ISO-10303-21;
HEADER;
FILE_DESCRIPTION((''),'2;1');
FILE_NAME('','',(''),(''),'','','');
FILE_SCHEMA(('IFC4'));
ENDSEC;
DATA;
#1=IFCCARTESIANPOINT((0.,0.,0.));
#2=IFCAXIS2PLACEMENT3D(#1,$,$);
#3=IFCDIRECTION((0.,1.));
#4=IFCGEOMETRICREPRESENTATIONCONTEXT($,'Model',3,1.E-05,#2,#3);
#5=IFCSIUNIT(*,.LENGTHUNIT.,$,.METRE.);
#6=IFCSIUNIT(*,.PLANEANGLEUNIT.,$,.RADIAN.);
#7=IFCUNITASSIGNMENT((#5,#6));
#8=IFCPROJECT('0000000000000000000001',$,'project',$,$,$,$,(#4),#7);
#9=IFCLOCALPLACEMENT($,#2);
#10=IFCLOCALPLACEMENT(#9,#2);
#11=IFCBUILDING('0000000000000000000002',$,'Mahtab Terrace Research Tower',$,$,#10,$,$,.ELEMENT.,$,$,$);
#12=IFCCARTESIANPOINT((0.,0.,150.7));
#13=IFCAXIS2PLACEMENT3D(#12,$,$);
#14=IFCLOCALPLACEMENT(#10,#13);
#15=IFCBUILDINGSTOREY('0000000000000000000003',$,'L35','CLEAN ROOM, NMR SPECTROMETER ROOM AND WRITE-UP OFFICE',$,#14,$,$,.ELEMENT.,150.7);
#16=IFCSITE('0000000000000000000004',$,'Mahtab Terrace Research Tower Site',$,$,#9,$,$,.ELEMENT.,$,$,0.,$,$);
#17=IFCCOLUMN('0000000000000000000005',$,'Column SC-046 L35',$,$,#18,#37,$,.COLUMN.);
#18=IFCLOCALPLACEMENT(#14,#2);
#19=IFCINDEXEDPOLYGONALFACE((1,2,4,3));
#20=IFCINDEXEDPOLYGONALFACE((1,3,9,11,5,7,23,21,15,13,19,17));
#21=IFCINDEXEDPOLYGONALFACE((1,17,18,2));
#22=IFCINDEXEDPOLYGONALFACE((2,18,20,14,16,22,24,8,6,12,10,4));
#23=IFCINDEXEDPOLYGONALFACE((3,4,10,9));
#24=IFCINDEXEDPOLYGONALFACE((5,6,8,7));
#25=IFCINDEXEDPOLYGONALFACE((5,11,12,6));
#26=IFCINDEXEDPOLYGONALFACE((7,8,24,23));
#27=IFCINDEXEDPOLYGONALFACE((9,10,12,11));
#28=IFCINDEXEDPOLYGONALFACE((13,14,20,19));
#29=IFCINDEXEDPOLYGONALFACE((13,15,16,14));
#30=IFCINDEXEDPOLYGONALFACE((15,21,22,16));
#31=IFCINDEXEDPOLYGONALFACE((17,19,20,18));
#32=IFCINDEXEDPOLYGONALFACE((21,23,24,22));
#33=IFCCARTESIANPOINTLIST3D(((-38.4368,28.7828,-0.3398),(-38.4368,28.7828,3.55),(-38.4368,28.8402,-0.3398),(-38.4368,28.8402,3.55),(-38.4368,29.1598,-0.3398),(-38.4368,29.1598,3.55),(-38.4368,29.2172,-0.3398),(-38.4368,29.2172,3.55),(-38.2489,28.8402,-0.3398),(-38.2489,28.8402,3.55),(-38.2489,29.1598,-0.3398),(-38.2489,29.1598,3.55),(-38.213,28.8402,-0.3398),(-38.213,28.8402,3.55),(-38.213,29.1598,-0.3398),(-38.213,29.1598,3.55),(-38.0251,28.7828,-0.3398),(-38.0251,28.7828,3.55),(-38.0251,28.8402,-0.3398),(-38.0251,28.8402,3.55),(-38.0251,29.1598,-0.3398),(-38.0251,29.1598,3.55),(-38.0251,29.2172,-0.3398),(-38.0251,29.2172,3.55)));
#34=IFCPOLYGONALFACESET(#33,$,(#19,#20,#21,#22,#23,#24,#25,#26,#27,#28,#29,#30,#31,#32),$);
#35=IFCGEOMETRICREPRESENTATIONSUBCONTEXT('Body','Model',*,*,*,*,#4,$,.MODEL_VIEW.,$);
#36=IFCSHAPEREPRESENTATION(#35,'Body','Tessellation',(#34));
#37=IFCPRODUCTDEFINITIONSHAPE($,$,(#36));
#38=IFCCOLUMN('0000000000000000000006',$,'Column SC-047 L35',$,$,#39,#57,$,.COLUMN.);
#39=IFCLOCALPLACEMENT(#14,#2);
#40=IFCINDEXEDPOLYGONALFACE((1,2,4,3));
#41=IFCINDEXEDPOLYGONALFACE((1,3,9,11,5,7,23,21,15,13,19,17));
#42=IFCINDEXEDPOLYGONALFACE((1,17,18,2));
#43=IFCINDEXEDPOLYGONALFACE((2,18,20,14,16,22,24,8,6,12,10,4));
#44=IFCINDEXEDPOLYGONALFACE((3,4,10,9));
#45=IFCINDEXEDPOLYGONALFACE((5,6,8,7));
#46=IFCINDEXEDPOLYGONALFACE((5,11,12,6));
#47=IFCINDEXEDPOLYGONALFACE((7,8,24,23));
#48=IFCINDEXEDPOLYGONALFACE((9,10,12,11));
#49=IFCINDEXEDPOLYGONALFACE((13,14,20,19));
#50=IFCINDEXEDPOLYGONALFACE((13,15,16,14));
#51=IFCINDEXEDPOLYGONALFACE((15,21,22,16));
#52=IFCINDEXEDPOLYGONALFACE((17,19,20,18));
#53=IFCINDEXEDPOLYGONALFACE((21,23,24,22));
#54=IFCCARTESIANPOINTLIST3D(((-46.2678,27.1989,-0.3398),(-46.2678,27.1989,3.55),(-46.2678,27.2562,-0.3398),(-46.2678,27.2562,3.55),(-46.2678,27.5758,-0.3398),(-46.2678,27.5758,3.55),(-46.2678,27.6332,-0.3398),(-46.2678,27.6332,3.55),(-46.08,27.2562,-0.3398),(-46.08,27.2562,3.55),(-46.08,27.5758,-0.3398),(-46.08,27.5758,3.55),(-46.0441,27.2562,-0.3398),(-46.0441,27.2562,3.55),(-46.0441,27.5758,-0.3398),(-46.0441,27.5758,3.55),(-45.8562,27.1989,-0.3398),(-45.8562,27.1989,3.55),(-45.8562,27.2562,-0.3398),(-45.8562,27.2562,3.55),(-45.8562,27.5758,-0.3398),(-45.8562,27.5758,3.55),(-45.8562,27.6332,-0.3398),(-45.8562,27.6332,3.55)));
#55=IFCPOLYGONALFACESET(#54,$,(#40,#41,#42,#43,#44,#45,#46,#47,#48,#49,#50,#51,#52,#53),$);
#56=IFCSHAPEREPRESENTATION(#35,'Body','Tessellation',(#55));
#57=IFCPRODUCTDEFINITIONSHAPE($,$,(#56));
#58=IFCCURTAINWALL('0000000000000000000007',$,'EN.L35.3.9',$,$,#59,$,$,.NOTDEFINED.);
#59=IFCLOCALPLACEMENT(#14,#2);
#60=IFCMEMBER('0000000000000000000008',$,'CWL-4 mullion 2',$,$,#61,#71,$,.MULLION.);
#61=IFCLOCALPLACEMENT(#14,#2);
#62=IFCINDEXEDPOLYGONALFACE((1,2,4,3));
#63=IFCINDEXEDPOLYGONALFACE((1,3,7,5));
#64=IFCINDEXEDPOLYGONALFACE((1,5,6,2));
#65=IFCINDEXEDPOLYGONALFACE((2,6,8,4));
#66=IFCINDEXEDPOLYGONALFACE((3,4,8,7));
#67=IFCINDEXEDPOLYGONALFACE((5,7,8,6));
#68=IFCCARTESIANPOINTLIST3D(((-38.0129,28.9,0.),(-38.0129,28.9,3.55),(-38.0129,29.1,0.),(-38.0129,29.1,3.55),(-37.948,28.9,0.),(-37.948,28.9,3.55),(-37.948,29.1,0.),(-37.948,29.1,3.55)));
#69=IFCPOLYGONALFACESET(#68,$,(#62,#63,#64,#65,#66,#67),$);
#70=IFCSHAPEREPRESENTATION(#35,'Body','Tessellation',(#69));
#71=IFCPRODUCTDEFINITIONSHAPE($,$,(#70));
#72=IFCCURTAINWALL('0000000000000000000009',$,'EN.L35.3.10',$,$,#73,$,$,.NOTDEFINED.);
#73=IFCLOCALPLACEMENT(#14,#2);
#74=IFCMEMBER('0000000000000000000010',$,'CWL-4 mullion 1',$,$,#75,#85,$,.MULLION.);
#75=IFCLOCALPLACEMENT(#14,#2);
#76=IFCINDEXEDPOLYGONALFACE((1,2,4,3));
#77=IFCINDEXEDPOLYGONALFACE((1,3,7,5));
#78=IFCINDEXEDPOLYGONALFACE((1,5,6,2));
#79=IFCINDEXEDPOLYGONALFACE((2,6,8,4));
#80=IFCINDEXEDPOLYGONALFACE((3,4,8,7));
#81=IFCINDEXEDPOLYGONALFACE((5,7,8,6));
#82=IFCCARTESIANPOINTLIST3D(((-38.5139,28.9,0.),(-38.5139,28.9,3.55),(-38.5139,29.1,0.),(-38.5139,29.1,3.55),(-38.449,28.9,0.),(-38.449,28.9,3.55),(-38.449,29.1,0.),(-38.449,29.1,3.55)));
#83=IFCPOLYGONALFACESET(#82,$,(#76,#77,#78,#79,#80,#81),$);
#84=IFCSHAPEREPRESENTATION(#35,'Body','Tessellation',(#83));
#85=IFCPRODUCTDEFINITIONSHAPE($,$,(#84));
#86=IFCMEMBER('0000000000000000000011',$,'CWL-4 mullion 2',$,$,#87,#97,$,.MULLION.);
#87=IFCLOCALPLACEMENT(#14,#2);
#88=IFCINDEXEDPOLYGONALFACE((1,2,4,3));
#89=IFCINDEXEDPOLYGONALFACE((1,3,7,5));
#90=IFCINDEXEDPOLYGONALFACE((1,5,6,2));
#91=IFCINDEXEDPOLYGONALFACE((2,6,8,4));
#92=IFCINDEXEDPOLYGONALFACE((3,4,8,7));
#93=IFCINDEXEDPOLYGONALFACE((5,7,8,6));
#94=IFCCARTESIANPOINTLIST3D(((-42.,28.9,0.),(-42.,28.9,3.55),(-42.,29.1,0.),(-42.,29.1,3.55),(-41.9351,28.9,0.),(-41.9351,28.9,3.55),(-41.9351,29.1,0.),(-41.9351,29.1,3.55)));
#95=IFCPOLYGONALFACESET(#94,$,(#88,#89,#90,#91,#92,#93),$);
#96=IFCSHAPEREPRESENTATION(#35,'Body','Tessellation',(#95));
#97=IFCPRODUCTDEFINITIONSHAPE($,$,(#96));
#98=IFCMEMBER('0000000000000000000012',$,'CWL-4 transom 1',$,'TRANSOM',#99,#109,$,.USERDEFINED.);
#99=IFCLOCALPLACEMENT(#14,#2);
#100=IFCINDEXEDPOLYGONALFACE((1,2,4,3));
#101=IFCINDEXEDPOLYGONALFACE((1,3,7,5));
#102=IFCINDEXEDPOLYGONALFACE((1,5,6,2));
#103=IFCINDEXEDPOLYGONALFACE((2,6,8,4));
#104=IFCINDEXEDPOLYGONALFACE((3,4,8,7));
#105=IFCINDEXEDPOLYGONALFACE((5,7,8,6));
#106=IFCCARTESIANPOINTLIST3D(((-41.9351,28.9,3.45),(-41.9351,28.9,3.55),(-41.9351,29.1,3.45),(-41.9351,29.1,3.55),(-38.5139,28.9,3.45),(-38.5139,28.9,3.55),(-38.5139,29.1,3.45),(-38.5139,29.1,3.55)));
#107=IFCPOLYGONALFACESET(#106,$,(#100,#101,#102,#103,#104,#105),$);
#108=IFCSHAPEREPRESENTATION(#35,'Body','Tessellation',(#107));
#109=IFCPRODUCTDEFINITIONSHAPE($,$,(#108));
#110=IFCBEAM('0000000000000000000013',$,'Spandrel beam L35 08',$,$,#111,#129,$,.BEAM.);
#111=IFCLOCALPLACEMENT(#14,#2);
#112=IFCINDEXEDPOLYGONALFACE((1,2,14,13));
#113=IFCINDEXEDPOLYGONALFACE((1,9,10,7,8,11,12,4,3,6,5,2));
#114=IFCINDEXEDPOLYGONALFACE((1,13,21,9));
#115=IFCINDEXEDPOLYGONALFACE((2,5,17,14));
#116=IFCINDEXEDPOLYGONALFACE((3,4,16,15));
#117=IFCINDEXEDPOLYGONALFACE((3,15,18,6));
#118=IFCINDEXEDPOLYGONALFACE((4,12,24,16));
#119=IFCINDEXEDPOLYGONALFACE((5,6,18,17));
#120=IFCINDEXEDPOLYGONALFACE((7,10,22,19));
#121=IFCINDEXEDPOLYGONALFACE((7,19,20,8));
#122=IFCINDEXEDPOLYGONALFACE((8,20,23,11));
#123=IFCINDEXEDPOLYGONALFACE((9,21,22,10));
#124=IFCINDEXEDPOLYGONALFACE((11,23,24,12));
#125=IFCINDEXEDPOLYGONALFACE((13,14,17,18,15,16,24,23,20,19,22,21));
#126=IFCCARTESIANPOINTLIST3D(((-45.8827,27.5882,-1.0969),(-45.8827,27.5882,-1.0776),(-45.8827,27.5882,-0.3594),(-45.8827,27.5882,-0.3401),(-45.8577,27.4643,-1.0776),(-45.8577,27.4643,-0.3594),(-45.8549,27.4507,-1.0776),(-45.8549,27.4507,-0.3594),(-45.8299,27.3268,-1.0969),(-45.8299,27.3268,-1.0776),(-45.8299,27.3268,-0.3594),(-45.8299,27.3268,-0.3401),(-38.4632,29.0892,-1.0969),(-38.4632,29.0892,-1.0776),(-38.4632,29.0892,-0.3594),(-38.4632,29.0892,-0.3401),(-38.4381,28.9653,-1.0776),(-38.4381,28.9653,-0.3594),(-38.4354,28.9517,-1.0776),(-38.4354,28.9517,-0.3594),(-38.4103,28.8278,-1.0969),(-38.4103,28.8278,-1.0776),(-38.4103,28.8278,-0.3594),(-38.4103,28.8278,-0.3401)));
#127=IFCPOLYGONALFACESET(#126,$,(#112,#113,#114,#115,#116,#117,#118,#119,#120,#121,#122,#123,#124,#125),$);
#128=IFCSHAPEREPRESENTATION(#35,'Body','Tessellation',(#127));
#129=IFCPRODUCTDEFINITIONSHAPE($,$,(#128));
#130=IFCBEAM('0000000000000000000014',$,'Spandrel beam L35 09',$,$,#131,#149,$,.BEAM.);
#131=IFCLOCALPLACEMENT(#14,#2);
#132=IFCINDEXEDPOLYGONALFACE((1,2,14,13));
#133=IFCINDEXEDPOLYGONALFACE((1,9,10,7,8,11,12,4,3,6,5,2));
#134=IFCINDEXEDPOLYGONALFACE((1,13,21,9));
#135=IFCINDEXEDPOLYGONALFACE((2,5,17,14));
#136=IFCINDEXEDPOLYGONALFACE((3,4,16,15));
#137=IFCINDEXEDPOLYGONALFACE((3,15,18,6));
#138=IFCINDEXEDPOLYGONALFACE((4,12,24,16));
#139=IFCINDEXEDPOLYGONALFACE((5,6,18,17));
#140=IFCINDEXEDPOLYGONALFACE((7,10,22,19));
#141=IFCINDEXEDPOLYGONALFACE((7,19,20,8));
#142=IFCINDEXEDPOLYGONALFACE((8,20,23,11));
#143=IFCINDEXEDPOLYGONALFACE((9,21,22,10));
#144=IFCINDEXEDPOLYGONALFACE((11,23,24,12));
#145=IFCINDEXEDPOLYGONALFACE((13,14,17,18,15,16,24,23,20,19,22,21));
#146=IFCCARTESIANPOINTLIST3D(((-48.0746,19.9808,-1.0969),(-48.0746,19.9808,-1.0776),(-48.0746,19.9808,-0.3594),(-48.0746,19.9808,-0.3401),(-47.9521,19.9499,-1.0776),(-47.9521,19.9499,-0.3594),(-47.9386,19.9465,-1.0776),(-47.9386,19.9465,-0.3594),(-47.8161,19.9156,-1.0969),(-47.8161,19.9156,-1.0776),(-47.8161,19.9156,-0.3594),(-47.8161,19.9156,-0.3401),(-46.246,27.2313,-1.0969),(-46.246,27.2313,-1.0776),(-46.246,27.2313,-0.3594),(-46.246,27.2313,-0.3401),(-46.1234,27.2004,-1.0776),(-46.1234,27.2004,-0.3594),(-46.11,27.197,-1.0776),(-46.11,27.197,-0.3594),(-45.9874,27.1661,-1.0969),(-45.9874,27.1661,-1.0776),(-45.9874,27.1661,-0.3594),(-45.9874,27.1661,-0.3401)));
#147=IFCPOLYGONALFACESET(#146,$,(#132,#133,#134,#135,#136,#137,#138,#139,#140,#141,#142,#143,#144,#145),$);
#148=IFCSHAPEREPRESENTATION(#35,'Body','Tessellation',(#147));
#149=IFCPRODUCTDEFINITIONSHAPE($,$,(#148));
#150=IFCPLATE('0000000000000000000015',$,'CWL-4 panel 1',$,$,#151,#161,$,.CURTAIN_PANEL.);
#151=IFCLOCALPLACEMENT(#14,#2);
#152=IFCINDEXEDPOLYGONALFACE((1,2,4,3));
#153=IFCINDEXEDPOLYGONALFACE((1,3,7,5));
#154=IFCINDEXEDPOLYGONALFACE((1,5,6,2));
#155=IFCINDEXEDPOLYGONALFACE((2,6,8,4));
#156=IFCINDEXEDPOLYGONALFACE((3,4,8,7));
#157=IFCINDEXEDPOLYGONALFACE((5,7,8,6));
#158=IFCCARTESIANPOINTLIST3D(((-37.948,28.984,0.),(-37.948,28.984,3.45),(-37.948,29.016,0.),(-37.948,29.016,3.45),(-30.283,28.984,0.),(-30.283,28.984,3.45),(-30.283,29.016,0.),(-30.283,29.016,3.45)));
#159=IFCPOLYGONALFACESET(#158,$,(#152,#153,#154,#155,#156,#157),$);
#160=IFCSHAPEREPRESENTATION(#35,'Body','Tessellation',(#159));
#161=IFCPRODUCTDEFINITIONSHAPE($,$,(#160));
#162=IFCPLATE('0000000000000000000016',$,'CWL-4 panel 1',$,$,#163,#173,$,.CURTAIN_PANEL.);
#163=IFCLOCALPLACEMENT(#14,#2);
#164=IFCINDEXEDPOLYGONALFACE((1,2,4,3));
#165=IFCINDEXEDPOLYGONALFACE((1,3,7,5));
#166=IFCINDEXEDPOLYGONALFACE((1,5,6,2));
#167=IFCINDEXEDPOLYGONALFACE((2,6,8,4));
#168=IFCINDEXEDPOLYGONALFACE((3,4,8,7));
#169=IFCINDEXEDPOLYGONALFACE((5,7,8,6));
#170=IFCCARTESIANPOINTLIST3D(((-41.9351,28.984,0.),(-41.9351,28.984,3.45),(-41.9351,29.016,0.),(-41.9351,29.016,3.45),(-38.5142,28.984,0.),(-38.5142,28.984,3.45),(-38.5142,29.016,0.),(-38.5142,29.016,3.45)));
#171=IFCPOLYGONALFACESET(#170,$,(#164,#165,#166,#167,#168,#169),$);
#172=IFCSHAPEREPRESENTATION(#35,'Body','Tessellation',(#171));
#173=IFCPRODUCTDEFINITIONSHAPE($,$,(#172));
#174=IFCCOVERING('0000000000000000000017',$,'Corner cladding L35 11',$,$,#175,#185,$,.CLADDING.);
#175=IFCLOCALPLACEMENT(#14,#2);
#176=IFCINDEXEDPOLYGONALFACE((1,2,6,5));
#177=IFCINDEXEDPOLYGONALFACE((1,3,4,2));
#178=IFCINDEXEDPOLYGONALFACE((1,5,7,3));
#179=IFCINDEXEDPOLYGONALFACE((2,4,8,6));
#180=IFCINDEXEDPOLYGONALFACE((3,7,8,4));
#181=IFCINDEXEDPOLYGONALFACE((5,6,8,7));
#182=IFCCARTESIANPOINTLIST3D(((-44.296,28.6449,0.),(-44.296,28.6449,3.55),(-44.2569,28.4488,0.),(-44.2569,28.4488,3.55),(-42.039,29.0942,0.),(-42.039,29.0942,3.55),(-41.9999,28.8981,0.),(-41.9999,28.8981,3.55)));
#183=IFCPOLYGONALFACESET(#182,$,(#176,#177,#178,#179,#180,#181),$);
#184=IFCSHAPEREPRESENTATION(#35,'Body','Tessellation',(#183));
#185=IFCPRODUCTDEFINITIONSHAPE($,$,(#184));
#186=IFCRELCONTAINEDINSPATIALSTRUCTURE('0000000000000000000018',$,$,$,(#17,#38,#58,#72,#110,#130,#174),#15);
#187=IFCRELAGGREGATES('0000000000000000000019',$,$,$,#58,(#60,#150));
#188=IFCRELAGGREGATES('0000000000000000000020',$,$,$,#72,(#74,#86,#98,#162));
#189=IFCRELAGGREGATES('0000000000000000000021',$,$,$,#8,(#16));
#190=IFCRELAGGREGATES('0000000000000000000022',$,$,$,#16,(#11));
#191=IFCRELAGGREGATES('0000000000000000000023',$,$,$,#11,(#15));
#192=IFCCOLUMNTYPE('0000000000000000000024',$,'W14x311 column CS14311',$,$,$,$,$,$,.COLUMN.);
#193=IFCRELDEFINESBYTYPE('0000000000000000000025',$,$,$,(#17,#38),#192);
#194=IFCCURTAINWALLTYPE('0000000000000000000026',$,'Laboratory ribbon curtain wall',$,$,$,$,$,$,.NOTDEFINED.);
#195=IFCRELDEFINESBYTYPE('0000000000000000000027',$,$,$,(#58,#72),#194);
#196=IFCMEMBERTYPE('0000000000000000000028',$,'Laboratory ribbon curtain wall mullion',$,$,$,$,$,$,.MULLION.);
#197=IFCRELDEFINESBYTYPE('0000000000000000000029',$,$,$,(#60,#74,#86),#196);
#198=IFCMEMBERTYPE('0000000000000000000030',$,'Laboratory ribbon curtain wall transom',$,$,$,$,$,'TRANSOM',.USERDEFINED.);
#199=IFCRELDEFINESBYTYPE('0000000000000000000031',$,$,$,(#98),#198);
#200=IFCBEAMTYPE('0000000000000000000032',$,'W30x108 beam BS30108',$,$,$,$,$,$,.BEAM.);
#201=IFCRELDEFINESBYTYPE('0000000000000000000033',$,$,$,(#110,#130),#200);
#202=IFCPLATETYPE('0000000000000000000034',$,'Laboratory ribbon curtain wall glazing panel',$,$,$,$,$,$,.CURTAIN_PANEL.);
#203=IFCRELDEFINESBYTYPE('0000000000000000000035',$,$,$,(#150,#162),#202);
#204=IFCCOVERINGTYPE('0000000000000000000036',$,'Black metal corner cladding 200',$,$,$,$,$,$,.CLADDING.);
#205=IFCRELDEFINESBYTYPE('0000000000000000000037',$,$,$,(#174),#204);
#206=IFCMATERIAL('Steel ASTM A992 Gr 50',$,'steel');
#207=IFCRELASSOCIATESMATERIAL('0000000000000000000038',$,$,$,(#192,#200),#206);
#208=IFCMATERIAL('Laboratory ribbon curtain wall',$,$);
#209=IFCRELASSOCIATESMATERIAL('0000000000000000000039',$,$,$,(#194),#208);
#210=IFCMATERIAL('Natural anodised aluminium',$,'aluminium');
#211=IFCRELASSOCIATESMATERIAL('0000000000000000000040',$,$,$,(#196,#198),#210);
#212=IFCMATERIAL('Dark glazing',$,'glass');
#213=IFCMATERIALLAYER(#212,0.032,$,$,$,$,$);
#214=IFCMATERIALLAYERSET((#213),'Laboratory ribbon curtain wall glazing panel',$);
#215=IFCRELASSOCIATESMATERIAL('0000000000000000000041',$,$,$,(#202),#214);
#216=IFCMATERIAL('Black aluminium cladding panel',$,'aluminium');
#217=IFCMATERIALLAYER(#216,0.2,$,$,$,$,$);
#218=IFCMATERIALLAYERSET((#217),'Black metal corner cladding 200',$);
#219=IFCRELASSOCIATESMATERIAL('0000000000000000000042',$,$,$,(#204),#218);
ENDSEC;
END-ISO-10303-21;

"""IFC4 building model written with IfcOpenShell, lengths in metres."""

from ifc_helpers import new_model, si_unit, direction, frame, origin, origin_2d, place, context, subcontext, project, spatial, rectangle, i_section, extrude, material, layer, layer_set, material_profile, profile_set, type_object, element, aggregate, save


model = new_model("IFC4")

# Units and contexts
model_context = context("Model", 3, precision=1e-05, world=origin(), true_north=direction((0.0, 1.0)))
body_context = subcontext(model_context, "Body", "Model", "MODEL_VIEW")
ifc_project = project(units=[si_unit("LENGTHUNIT", "METRE"), si_unit("PLANEANGLEUNIT", "RADIAN")], contexts=[model_context])

# Site, building, storey
site_placement = place(None, origin())
site = spatial("IfcSite", under=ifc_project, at=site_placement, Name="Mahtab Terrace Research Tower Site", CompositionType="ELEMENT", RefElevation=0.0)
building_placement = place(site_placement, origin())
building = spatial("IfcBuilding", under=site, at=building_placement, Name="Mahtab Terrace Research Tower", CompositionType="ELEMENT")
storey_placement = place(building_placement, frame((0.0, 0.0, 150.7)))
storey = spatial("IfcBuildingStorey", under=building, at=storey_placement, Name="L35", Description="CLEAN ROOM, NMR SPECTROMETER ROOM AND WRITE-UP OFFICE", CompositionType="ELEMENT", Elevation=150.7)

# Columns
ifc_material_1 = material(Name="Steel ASTM A992 Gr 50", Category="steel")
ifc_material_profile_1 = material_profile(ifc_material_1, i_section(OverallWidth=0.4116, OverallDepth=0.4343, WebThickness=0.0359, FlangeThickness=0.0574, at=origin_2d()), Name="W14X311")
ifc_profile_set_1 = profile_set([ifc_material_profile_1], Name="Steel ASTM A992 Gr 50")
column_type = type_object("IfcColumnType", Name="W14x311 column CS14311", PredefinedType="COLUMN", material=ifc_profile_set_1)
for number, where, z_axis, x_axis, name in (
    (1, (-38.231, 29.0, -0.3398), (0.0, 0.0, 1.0), (1.0, 0.0, 0.0), "Column SC-046 L35"),
    (2, (-46.062, 27.416, -0.3398), (0.0, 0.0, 1.0), (1.0, 0.0, 0.0), "Column SC-047 L35"),
):
    element("IfcColumn", number, at=place(storey_placement, frame(where, z_axis=z_axis, x_axis=x_axis)), inside=storey, type_object=column_type, Name=name, PredefinedType="COLUMN", context=body_context, shape_type="SweptSolid", body=[
        extrude(i_section(OverallWidth=0.4116, OverallDepth=0.4343, WebThickness=0.0359, FlangeThickness=0.0574, at=origin_2d()), origin(), (0.0, 0.0, 1.0), 3.8899),
    ])

# Curtain wall, member
ifc_material_2 = material(Name="Laboratory ribbon curtain wall")
curtain_wall_type = type_object("IfcCurtainWallType", Name="Laboratory ribbon curtain wall", PredefinedType="NOTDEFINED", material=ifc_material_2)
curtain_wall_1_placement = place(storey_placement, origin())
curtain_wall_1 = element("IfcCurtainWall", 3, at=curtain_wall_1_placement, inside=storey, type_object=curtain_wall_type, Name="EN.L35.3.9", PredefinedType="NOTDEFINED")
ifc_material_3 = material(Name="Natural anodised aluminium", Category="aluminium")
ifc_material_profile_2 = material_profile(ifc_material_3, rectangle(XDim=0.2, YDim=0.0649, at=origin_2d()), Name="MULLION 65x200")
ifc_profile_set_2 = profile_set([ifc_material_profile_2], Name="Natural anodised aluminium")
member_type_1 = type_object("IfcMemberType", Name="Laboratory ribbon curtain wall mullion", PredefinedType="MULLION", material=ifc_profile_set_2)
member_1_placement = place(storey_placement, frame((-37.9805, 29.0, 0.0), z_axis=(0.0, 0.0, 1.0), x_axis=(0.0, -1.0, 0.0)))
member_1 = element("IfcMember", 4, at=member_1_placement, type_object=member_type_1, Name="CWL-4 mullion 2", PredefinedType="MULLION", context=body_context, shape_type="SweptSolid", body=[
    extrude(rectangle(XDim=0.2, YDim=0.0649, at=origin_2d()), origin(), (0.0, 0.0, 1.0), 3.55),
])

# Curtain wall, members
curtain_wall_2_placement = place(storey_placement, origin())
curtain_wall_2 = element("IfcCurtainWall", 5, at=curtain_wall_2_placement, inside=storey, type_object=curtain_wall_type, Name="EN.L35.3.10", PredefinedType="NOTDEFINED")
member_2_placement = place(storey_placement, frame((-38.4814, 29.0, 0.0), z_axis=(0.0, 0.0, 1.0), x_axis=(0.0, -1.0, 0.0)))
member_2 = element("IfcMember", 6, at=member_2_placement, type_object=member_type_1, Name="CWL-4 mullion 1", PredefinedType="MULLION", context=body_context, shape_type="SweptSolid", body=[
    extrude(rectangle(XDim=0.2, YDim=0.0649, at=origin_2d()), origin(), (0.0, 0.0, 1.0), 3.55),
])
member_3_placement = place(storey_placement, frame((-41.9675, 29.0, 0.0), z_axis=(0.0, 0.0, 1.0), x_axis=(0.0, -1.0, 0.0)))
member_3 = element("IfcMember", 7, at=member_3_placement, type_object=member_type_1, Name="CWL-4 mullion 2", PredefinedType="MULLION", context=body_context, shape_type="SweptSolid", body=[
    extrude(rectangle(XDim=0.2, YDim=0.0649, at=origin_2d()), origin(), (0.0, 0.0, 1.0), 3.55),
])
ifc_material_profile_3 = material_profile(ifc_material_3, rectangle(XDim=0.2, YDim=0.1001, at=origin_2d()), Name="TRANSOM 100x200")
ifc_profile_set_3 = profile_set([ifc_material_profile_3], Name="Natural anodised aluminium")
member_type_2 = type_object("IfcMemberType", Name="Laboratory ribbon curtain wall transom", ElementType="TRANSOM", PredefinedType="USERDEFINED", material=ifc_profile_set_3)
member_4_placement = place(storey_placement, frame((-38.5139, 29.0, 3.5), z_axis=(-1.0, 0.0, 0.0), x_axis=(0.0, -1.0, 0.0)))
member_4 = element("IfcMember", 8, at=member_4_placement, type_object=member_type_2, Name="CWL-4 transom 1", ObjectType="TRANSOM", PredefinedType="USERDEFINED", context=body_context, shape_type="SweptSolid", body=[
    extrude(rectangle(XDim=0.2, YDim=0.1001, at=origin_2d()), origin(), (0.0, 0.0, 1.0), 3.4211),
])

# Beams
ifc_material_profile_4 = material_profile(ifc_material_1, i_section(OverallWidth=0.2666, OverallDepth=0.7568, WebThickness=0.0139, FlangeThickness=0.0193, at=origin_2d()), Name="W30X108")
ifc_profile_set_4 = profile_set([ifc_material_profile_4], Name="Steel ASTM A992 Gr 50")
beam_type = type_object("IfcBeamType", Name="W30x108 beam BS30108", PredefinedType="BEAM", material=ifc_profile_set_4)
beam_1_placement = place(storey_placement, frame((-38.4368, 28.9585, -0.7185), z_axis=(-0.980144, -0.198286, 0.0), x_axis=(0.198286, -0.980144, 0.0)))
element("IfcBeam", 9, at=beam_1_placement, inside=storey, type_object=beam_type, Name="Spandrel beam L35 08", PredefinedType="BEAM", context=body_context, shape_type="SweptSolid", body=[
    extrude(i_section(OverallWidth=0.2666, OverallDepth=0.7568, WebThickness=0.0139, FlangeThickness=0.0193, at=origin_2d()), origin(), (0.0, 0.0, 1.0), 7.5698),
])
beam_2_placement = place(storey_placement, frame((-46.1167, 27.1987, -0.7185), z_axis=(-0.244548, -0.969637, 0.0), x_axis=(0.969637, -0.244548, 0.0)))
element("IfcBeam", 10, at=beam_2_placement, inside=storey, type_object=beam_type, Name="Spandrel beam L35 09", PredefinedType="BEAM", context=body_context, shape_type="SweptSolid", body=[
    extrude(i_section(OverallWidth=0.2666, OverallDepth=0.7568, WebThickness=0.0139, FlangeThickness=0.0193, at=origin_2d()), origin(), (0.0, 0.0, 1.0), 7.4775),
])

# Plates
ifc_material_4 = material(Name="Dark glazing", Category="glass")
ifc_layer_1 = layer(ifc_material_4, 0.032)
ifc_layer_set_1 = layer_set([ifc_layer_1], Name="Laboratory ribbon curtain wall glazing panel")
plate_type = type_object("IfcPlateType", Name="Laboratory ribbon curtain wall glazing panel", PredefinedType="CURTAIN_PANEL", material=ifc_layer_set_1)
plate_1_placement = place(storey_placement, frame((-34.1155, 29.0, 0.0), z_axis=(0.0, 0.0, 1.0), x_axis=(-1.0, 0.0, 0.0)))
plate_1 = element("IfcPlate", 11, at=plate_1_placement, type_object=plate_type, Name="CWL-4 panel 1", PredefinedType="CURTAIN_PANEL", context=body_context, shape_type="SweptSolid", body=[
    extrude(rectangle(XDim=7.665, YDim=0.032, at=origin_2d()), origin(), (0.0, 0.0, 1.0), 3.45),
])
aggregate(curtain_wall_1, [member_1, plate_1])
plate_2_placement = place(storey_placement, frame((-40.2246, 29.0, 0.0), z_axis=(0.0, 0.0, 1.0), x_axis=(-1.0, 0.0, 0.0)))
plate_2 = element("IfcPlate", 12, at=plate_2_placement, type_object=plate_type, Name="CWL-4 panel 1", PredefinedType="CURTAIN_PANEL", context=body_context, shape_type="SweptSolid", body=[
    extrude(rectangle(XDim=3.4209, YDim=0.032, at=origin_2d()), origin(), (0.0, 0.0, 1.0), 3.45),
])
aggregate(curtain_wall_2, [member_2, member_3, member_4, plate_2])

# Covering
ifc_material_5 = material(Name="Black aluminium cladding panel", Category="aluminium")
ifc_layer_2 = layer(ifc_material_5, 0.2)
ifc_layer_set_2 = layer_set([ifc_layer_2], Name="Black metal corner cladding 200")
covering_type = type_object("IfcCoveringType", Name="Black metal corner cladding 200", PredefinedType="CLADDING", material=ifc_layer_set_2)
covering_1_placement = place(storey_placement, frame((-43.1479, 28.7715, 0.0), z_axis=(0.0, 0.0, 1.0), x_axis=(-0.980761, -0.195212, 0.0)))
element("IfcCovering", 13, at=covering_1_placement, inside=storey, type_object=covering_type, Name="Corner cladding L35 11", PredefinedType="CLADDING", context=body_context, shape_type="SweptSolid", body=[
    extrude(rectangle(XDim=2.3013, YDim=0.2, at=origin_2d()), origin(), (0.0, 0.0, 1.0), 3.55),
])

save(model, "model.ifc")
